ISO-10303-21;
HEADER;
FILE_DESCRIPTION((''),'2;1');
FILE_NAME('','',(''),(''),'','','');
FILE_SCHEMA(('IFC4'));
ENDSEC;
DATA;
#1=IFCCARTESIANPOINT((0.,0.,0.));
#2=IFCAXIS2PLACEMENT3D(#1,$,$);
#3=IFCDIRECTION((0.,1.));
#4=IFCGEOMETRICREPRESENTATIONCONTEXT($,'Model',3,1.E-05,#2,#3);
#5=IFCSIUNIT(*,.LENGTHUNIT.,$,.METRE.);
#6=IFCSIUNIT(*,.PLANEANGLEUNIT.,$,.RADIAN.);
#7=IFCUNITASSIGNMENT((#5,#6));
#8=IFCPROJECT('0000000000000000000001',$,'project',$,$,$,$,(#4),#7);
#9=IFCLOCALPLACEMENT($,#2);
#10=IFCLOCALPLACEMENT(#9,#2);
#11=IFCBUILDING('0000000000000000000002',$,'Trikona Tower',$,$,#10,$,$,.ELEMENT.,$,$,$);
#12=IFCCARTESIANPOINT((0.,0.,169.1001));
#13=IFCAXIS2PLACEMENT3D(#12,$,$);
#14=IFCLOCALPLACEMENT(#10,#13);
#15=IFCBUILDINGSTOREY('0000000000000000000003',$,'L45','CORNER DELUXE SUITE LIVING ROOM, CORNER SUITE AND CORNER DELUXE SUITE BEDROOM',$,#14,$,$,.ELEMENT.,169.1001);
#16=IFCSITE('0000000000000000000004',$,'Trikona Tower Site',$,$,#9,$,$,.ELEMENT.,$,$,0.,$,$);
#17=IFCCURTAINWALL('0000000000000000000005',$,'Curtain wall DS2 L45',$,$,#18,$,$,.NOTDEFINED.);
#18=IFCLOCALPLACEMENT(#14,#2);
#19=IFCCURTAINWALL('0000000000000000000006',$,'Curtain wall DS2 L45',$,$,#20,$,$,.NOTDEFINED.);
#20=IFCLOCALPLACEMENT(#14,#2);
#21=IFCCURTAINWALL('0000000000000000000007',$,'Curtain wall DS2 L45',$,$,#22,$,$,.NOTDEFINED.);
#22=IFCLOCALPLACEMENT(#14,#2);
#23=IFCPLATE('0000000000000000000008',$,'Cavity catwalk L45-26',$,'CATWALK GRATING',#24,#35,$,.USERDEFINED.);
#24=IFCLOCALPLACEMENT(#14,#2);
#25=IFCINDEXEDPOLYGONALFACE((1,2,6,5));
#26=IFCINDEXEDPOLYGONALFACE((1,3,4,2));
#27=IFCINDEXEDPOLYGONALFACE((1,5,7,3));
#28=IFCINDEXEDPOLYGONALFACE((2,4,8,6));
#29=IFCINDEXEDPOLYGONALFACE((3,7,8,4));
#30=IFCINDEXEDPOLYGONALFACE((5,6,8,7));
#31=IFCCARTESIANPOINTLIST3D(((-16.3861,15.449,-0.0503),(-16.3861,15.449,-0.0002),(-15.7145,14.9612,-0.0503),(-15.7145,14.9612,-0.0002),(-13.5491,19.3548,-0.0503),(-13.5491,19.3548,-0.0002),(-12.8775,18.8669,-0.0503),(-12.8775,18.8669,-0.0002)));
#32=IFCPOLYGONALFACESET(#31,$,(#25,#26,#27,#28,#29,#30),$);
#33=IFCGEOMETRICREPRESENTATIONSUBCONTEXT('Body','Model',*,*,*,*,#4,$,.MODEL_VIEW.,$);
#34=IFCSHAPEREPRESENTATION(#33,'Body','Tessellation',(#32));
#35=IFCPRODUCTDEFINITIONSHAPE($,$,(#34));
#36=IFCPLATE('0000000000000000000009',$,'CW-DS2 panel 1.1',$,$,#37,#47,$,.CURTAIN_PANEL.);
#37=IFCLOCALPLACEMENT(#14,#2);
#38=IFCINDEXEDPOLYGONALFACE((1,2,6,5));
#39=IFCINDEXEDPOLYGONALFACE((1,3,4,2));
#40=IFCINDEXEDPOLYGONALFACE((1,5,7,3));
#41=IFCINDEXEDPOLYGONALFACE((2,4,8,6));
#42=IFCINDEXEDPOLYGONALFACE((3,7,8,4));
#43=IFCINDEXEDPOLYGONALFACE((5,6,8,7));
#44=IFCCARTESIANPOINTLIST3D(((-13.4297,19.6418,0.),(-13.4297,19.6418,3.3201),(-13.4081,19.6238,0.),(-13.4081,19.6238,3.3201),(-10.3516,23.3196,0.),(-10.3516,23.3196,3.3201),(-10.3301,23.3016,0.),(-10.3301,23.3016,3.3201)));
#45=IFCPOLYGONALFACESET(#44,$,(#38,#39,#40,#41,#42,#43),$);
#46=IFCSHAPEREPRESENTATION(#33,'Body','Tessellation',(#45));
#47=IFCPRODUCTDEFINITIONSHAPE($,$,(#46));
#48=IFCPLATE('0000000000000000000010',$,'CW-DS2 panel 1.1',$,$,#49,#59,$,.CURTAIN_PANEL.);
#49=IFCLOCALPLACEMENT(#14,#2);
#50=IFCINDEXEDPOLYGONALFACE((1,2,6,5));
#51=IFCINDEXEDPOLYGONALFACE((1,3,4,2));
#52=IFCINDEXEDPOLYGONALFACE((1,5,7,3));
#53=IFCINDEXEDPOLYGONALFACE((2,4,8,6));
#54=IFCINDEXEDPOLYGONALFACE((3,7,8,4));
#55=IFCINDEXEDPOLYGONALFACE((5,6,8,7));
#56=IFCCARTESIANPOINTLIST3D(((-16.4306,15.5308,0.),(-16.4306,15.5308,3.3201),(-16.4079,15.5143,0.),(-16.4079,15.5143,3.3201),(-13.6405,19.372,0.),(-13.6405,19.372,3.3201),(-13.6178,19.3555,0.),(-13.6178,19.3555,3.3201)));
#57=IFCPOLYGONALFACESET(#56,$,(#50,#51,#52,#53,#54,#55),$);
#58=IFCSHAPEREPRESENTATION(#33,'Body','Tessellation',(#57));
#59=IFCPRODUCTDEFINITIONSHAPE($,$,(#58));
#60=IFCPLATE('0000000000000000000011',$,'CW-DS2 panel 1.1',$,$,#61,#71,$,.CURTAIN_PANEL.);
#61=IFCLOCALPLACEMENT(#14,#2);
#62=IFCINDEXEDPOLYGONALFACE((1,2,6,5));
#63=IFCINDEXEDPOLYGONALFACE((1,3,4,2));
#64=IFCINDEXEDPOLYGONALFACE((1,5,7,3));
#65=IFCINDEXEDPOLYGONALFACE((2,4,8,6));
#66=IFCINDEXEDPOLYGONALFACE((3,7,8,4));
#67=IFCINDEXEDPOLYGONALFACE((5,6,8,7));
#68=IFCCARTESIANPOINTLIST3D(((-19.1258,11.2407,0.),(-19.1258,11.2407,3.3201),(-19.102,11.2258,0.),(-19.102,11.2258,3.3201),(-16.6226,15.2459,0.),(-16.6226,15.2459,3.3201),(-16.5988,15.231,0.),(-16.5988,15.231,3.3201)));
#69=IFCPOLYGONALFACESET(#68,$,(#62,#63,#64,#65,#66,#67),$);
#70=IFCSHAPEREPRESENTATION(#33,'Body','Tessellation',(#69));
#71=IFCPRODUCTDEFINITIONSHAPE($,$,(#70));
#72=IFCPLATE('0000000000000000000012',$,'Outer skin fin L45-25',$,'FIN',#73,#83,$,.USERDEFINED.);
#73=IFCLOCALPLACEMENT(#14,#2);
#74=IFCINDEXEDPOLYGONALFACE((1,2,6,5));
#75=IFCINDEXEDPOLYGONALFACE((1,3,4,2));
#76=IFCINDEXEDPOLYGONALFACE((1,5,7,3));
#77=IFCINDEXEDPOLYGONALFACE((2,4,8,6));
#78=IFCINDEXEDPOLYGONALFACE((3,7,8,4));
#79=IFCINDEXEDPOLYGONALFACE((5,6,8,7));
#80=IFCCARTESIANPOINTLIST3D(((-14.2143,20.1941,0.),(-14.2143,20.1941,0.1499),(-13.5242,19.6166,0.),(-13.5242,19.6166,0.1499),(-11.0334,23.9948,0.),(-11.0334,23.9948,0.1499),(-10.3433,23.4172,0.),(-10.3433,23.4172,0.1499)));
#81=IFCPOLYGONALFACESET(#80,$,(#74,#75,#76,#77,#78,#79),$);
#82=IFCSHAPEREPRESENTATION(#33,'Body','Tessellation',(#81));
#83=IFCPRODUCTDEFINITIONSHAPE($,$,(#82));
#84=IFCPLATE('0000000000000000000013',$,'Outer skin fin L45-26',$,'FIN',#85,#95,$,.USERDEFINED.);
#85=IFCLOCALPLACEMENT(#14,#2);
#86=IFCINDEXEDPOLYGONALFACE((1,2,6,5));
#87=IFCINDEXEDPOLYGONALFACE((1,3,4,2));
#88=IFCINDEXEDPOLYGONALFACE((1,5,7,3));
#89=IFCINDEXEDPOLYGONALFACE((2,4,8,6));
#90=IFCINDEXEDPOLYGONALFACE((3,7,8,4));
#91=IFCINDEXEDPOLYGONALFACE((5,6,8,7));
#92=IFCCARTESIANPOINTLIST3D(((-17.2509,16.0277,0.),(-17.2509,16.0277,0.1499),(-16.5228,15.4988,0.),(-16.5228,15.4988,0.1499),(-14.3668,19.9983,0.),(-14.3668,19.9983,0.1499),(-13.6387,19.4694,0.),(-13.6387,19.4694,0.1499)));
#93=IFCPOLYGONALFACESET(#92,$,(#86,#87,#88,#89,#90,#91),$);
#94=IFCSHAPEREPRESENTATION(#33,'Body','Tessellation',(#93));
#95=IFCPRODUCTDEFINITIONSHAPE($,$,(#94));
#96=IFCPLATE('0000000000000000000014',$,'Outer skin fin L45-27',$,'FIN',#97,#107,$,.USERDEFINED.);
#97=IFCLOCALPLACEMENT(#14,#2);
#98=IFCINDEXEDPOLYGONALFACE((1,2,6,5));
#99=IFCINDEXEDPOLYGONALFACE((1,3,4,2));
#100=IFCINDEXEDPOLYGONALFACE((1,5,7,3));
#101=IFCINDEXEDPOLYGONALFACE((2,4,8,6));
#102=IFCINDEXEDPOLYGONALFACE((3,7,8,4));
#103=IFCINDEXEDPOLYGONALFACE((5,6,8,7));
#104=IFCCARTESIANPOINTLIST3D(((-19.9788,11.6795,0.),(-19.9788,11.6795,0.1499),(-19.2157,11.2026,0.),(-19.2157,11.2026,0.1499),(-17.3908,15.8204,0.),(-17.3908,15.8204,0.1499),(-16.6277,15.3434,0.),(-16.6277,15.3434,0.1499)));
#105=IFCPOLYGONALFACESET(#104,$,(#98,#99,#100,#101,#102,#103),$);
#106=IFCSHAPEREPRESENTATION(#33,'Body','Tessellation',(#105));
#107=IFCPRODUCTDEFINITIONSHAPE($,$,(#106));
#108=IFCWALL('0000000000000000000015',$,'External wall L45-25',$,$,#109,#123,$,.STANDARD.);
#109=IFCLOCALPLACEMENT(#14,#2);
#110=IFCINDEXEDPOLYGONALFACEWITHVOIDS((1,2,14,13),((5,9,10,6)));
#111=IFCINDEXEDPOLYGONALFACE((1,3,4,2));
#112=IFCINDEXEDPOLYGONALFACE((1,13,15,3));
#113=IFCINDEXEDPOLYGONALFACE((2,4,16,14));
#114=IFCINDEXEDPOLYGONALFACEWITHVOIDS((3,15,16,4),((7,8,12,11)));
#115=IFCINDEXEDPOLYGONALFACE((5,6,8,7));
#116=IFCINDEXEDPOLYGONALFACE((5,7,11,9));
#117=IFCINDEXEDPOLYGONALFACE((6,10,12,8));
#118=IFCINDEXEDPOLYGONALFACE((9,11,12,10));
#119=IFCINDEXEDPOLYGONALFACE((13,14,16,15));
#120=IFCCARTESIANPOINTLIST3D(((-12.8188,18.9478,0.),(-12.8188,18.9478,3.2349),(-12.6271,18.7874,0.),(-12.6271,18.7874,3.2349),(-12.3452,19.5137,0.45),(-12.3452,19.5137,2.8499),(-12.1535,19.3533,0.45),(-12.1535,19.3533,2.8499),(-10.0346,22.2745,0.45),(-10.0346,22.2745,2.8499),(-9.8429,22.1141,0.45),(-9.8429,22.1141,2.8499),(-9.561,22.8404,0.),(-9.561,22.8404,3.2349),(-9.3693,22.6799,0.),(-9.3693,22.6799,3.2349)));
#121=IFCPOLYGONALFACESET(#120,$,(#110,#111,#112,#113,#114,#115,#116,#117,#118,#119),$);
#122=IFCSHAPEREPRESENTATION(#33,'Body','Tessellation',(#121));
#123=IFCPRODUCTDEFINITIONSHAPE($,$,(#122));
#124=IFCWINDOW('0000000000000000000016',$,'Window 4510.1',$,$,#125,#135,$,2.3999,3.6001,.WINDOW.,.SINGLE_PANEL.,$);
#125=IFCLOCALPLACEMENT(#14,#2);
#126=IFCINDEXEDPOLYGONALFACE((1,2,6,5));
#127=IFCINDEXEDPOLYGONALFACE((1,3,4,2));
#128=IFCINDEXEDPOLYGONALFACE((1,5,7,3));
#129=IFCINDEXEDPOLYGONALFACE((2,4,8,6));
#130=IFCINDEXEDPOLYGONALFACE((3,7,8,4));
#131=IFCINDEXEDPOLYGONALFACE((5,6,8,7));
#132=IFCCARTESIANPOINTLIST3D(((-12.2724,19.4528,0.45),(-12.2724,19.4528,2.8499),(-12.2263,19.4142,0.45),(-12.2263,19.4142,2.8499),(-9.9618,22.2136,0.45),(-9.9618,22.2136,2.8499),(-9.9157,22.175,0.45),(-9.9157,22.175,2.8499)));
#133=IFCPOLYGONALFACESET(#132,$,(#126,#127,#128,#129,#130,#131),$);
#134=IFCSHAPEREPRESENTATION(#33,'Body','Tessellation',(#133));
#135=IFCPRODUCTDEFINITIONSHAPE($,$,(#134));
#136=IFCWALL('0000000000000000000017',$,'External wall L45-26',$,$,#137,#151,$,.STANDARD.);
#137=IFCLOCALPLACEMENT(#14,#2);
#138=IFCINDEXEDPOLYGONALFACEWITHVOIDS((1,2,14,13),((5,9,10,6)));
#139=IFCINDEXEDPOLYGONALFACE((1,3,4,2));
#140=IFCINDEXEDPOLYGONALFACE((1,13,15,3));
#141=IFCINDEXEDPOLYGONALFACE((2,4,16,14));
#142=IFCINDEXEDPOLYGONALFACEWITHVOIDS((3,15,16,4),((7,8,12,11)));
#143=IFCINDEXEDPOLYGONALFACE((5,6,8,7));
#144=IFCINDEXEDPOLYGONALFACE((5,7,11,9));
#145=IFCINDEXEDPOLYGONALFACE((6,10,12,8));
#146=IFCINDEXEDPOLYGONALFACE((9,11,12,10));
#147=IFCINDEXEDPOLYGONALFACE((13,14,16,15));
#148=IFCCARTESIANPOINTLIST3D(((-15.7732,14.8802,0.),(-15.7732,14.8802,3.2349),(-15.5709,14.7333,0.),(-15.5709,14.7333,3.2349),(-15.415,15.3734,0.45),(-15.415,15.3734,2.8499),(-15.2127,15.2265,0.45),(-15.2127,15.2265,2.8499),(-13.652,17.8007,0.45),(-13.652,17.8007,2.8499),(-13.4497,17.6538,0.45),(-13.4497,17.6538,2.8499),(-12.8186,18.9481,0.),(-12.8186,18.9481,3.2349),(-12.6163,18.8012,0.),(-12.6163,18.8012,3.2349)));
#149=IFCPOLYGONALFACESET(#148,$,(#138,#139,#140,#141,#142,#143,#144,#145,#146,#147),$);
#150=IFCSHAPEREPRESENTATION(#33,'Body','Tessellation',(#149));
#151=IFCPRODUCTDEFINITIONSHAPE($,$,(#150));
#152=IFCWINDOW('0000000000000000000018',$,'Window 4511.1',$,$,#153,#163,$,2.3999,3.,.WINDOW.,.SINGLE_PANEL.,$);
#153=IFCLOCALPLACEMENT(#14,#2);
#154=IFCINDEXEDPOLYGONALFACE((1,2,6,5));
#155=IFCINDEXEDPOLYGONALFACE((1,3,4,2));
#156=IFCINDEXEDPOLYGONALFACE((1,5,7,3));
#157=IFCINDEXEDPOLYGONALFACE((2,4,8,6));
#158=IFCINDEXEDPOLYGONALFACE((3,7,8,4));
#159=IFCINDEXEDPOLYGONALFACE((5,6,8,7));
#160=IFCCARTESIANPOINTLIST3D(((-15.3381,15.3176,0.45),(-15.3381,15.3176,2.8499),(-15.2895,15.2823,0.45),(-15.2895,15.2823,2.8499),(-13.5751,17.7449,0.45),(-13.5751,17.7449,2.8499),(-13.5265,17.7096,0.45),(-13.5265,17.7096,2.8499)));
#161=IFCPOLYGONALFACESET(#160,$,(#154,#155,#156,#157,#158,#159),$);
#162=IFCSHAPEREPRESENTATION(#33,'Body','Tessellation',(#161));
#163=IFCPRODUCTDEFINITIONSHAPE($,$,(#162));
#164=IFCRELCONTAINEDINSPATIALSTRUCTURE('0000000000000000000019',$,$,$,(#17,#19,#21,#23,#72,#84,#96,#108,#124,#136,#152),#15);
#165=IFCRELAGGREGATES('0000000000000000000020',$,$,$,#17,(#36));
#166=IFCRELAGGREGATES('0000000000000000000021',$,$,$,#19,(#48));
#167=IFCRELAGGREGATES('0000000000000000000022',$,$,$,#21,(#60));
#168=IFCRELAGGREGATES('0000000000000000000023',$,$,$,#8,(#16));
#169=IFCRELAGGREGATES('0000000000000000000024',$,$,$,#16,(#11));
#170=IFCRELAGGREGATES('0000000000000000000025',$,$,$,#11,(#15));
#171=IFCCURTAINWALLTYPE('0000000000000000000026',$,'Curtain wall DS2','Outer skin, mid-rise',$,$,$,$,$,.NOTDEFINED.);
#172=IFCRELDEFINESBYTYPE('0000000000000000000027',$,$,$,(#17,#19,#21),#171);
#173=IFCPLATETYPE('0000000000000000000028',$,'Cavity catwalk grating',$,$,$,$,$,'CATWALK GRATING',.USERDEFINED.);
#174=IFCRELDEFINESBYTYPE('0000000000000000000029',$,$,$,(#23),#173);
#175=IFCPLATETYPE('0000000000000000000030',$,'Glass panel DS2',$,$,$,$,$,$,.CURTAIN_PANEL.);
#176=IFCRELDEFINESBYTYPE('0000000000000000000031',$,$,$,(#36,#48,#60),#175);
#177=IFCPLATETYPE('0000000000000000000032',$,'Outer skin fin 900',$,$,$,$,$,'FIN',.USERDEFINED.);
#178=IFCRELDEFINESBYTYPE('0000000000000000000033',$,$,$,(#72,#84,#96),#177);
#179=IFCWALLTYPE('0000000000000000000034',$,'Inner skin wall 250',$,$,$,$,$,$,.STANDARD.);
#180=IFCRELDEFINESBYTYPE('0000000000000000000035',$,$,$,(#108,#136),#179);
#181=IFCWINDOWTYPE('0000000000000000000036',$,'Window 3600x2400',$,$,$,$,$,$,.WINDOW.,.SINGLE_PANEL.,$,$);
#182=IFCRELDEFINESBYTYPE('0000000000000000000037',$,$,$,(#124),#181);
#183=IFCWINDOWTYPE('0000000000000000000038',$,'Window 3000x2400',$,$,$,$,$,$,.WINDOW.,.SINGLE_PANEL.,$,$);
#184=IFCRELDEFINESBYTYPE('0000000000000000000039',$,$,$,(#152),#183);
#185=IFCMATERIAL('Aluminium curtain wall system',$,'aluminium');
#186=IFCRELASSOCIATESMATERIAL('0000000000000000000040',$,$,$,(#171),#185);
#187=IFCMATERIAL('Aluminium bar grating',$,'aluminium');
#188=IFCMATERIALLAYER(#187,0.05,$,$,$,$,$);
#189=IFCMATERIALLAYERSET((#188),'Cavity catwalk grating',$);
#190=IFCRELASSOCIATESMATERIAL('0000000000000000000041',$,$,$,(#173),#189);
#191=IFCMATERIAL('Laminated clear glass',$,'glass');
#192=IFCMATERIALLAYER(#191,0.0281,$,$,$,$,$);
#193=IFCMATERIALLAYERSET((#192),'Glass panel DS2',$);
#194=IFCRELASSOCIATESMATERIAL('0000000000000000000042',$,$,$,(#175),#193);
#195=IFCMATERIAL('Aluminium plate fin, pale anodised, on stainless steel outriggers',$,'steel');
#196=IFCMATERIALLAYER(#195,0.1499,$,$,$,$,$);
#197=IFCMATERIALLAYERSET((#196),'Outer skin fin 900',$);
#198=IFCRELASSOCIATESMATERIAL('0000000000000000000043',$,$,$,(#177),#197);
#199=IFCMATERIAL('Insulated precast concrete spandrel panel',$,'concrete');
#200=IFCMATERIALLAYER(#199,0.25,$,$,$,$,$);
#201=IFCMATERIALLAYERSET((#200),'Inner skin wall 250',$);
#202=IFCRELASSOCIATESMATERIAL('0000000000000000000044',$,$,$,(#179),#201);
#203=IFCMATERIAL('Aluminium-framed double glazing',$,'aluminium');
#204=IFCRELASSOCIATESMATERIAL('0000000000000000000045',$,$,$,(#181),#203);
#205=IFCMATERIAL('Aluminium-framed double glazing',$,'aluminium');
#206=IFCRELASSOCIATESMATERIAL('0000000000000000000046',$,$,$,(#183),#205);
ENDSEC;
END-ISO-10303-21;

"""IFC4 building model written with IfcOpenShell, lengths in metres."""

from ifc_helpers import new_model, si_unit, direction, frame, frame_2d, origin, origin_2d, place, context, subcontext, project, spatial, rectangle, extrude, material, layer, layer_set, type_object, element, fill, aggregate, save


model = new_model("IFC4")

# Units and contexts
model_context = context("Model", 3, precision=1e-05, world=origin(), true_north=direction((0.0, 1.0)))
body_context = subcontext(model_context, "Body", "Model", "MODEL_VIEW")
ifc_project = project(units=[si_unit("LENGTHUNIT", "METRE"), si_unit("PLANEANGLEUNIT", "RADIAN")], contexts=[model_context])

# Site, building, storey
site_placement = place(None, origin())
site = spatial("IfcSite", under=ifc_project, at=site_placement, Name="Trikona Tower Site", CompositionType="ELEMENT", RefElevation=0.0)
building_placement = place(site_placement, origin())
building = spatial("IfcBuilding", under=site, at=building_placement, Name="Trikona Tower", CompositionType="ELEMENT")
storey_placement = place(building_placement, frame((0.0, 0.0, 169.1001)))
storey = spatial("IfcBuildingStorey", under=building, at=storey_placement, Name="L45", Description="CORNER DELUXE SUITE LIVING ROOM, CORNER SUITE AND CORNER DELUXE SUITE BEDROOM", CompositionType="ELEMENT", Elevation=169.1001)

# Shared definitions
ifc_material_1 = material(Name="Aluminium curtain wall system", Category="aluminium")
curtain_wall_type = type_object("IfcCurtainWallType", Name="Curtain wall DS2", Description="Outer skin, mid-rise", PredefinedType="NOTDEFINED", material=ifc_material_1)

# Curtain walls
curtain_wall_1_placement = place(storey_placement, origin())
curtain_wall_1 = element("IfcCurtainWall", 1, at=curtain_wall_1_placement, inside=storey, type_object=curtain_wall_type, Name="Curtain wall DS2 L45", PredefinedType="NOTDEFINED")
curtain_wall_2_placement = place(storey_placement, origin())
curtain_wall_2 = element("IfcCurtainWall", 2, at=curtain_wall_2_placement, inside=storey, type_object=curtain_wall_type, Name="Curtain wall DS2 L45", PredefinedType="NOTDEFINED")

# Curtain wall
curtain_wall_3_placement = place(storey_placement, origin())
curtain_wall_3 = element("IfcCurtainWall", 3, at=curtain_wall_3_placement, inside=storey, type_object=curtain_wall_type, Name="Curtain wall DS2 L45", PredefinedType="NOTDEFINED")

# Plate
ifc_material_2 = material(Name="Aluminium bar grating", Category="aluminium")
ifc_layer_1 = layer(ifc_material_2, 0.05)
ifc_layer_set_1 = layer_set([ifc_layer_1], Name="Cavity catwalk grating")
plate_type_1 = type_object("IfcPlateType", Name="Cavity catwalk grating", ElementType="CATWALK GRATING", PredefinedType="USERDEFINED", material=ifc_layer_set_1)
plate_1_placement = place(storey_placement, frame((-14.6318, 17.158, -0.0503), z_axis=(0.0, 0.0, 1.0), x_axis=(-0.587686, -0.809089, 0.0)))
element("IfcPlate", 4, at=plate_1_placement, inside=storey, type_object=plate_type_1, Name="Cavity catwalk L45-26", ObjectType="CATWALK GRATING", PredefinedType="USERDEFINED", context=body_context, shape_type="SweptSolid", body=[
    extrude(rectangle(XDim=4.8274, YDim=0.8301, at=origin_2d()), origin(), (0.0, 0.0, 1.0), 0.05),
])

# Plates
ifc_material_3 = material(Name="Laminated clear glass", Category="glass")
ifc_layer_2 = layer(ifc_material_3, 0.0281)
ifc_layer_set_2 = layer_set([ifc_layer_2], Name="Glass panel DS2")
plate_type_2 = type_object("IfcPlateType", Name="Glass panel DS2", PredefinedType="CURTAIN_PANEL", material=ifc_layer_set_2)
plate_2_placement = place(storey_placement, frame((-11.8799, 21.4717, 0.0), z_axis=(0.0, 0.0, 1.0), x_axis=(-0.641806, -0.766867, 0.0)))
plate_2 = element("IfcPlate", 5, at=plate_2_placement, type_object=plate_type_2, Name="CW-DS2 panel 1.1", PredefinedType="CURTAIN_PANEL", context=body_context, shape_type="SweptSolid", body=[
    extrude(rectangle(XDim=4.7959, YDim=0.0281, at=origin_2d()), origin(), (0.0, 0.0, 1.0), 3.3201),
])
aggregate(curtain_wall_1, [plate_2])
plate_3_placement = place(storey_placement, frame((-15.0242, 17.4431, 0.0), z_axis=(0.0, 0.0, 1.0), x_axis=(-0.587691, -0.809086, 0.0)))
plate_3 = element("IfcPlate", 6, at=plate_3_placement, type_object=plate_type_2, Name="CW-DS2 panel 1.1", PredefinedType="CURTAIN_PANEL", context=body_context, shape_type="SweptSolid", body=[
    extrude(rectangle(XDim=4.7476, YDim=0.0281, at=origin_2d()), origin(), (0.0, 0.0, 1.0), 3.3201),
])
aggregate(curtain_wall_2, [plate_3])
plate_4_placement = place(storey_placement, frame((-17.8623, 13.2358, 0.0), z_axis=(0.0, 0.0, 1.0), x_axis=(-0.529999, -0.847998, 0.0)))
plate_4 = element("IfcPlate", 7, at=plate_4_placement, type_object=plate_type_2, Name="CW-DS2 panel 1.1", PredefinedType="CURTAIN_PANEL", context=body_context, shape_type="SweptSolid", body=[
    extrude(rectangle(XDim=4.7231, YDim=0.0281, at=origin_2d()), origin(), (0.0, 0.0, 1.0), 3.3201),
])
aggregate(curtain_wall_3, [plate_4])

# Plates
ifc_material_4 = material(Name="Aluminium plate fin, pale anodised, on stainless steel outriggers", Category="steel")
ifc_layer_3 = layer(ifc_material_4, 0.1499)
ifc_layer_set_3 = layer_set([ifc_layer_3], Name="Outer skin fin 900")
plate_type_3 = type_object("IfcPlateType", Name="Outer skin fin 900", ElementType="FIN", PredefinedType="USERDEFINED", material=ifc_layer_set_3)
plate_5_placement = place(storey_placement, frame((-12.2788, 21.8057, 0.0), z_axis=(0.0, 0.0, 1.0), x_axis=(-0.641807, -0.766866, 0.0)))
element("IfcPlate", 8, at=plate_5_placement, inside=storey, type_object=plate_type_3, Name="Outer skin fin L45-25", ObjectType="FIN", PredefinedType="USERDEFINED", context=body_context, shape_type="SweptSolid", body=[
    extrude(rectangle(XDim=4.9561, YDim=0.8999, at=origin_2d()), origin(), (0.0, 0.0, 1.0), 0.1499),
])
plate_6_placement = place(storey_placement, frame((-15.4448, 17.7485, 0.0), z_axis=(0.0, 0.0, 1.0), x_axis=(-0.587686, -0.809089, 0.0)))
element("IfcPlate", 9, at=plate_6_placement, inside=storey, type_object=plate_type_3, Name="Outer skin fin L45-26", ObjectType="FIN", PredefinedType="USERDEFINED", context=body_context, shape_type="SweptSolid", body=[
    extrude(rectangle(XDim=4.9075, YDim=0.8999, at=origin_2d()), origin(), (0.0, 0.0, 1.0), 0.1499),
])
plate_7_placement = place(storey_placement, frame((-18.3032, 13.5115, 0.0), z_axis=(0.0, 0.0, 1.0), x_axis=(-0.529995, -0.848001, 0.0)))
element("IfcPlate", 10, at=plate_7_placement, inside=storey, type_object=plate_type_3, Name="Outer skin fin L45-27", ObjectType="FIN", PredefinedType="USERDEFINED", context=body_context, shape_type="SweptSolid", body=[
    extrude(rectangle(XDim=4.8831, YDim=0.8999, at=origin_2d()), origin(), (0.0, 0.0, 1.0), 0.1499),
])

# Walls, openings, windows
ifc_material_5 = material(Name="Insulated precast concrete spandrel panel", Category="concrete")
ifc_layer_4 = layer(ifc_material_5, 0.25)
ifc_layer_set_4 = layer_set([ifc_layer_4], Name="Inner skin wall 250")
wall_type = type_object("IfcWallType", Name="Inner skin wall 250", PredefinedType="STANDARD", material=ifc_layer_set_4)
wall_1_placement = place(storey_placement, frame((-9.4651, 22.7603, 0.0), z_axis=(0.0, 0.0, 1.0), x_axis=(-0.64181, -0.766863, 0.0)))
wall_1 = element("IfcWall", 11, at=wall_1_placement, inside=storey, type_object=wall_type, Name="External wall L45-25", PredefinedType="STANDARD", context=body_context, shape_type="SweptSolid", body=[
    extrude(rectangle(XDim=5.0759, YDim=0.25, at=frame_2d((2.5381, 0.0))), origin(), (0.0, 0.0, 1.0), 3.2349),
])
opening_1_placement = place(wall_1_placement, frame((0.738, 0.0, 0.45)))
opening_1 = element("IfcOpeningElement", 12, at=opening_1_placement, cuts=wall_1, PredefinedType="OPENING", context=body_context, shape_type="SweptSolid", body=[
    extrude(rectangle(XDim=3.6001, YDim=2.3999, at=frame_2d((1.8, 1.2))), frame((0.0, 0.135, 0.0), z_axis=(0.0, -1.0, 0.0), x_axis=(1.0, 0.0, 0.0)), (0.0, 0.0, 1.0), 0.27),
])
ifc_material_6 = material(Name="Aluminium-framed double glazing", Category="aluminium")
window_type_1 = type_object("IfcWindowType", Name="Window 3600x2400", PartitioningType="SINGLE_PANEL", PredefinedType="WINDOW", material=ifc_material_6)
window_1_placement = place(opening_1_placement, origin())
window_1 = element("IfcWindow", 13, at=window_1_placement, inside=storey, type_object=window_type_1, Name="Window 4510.1", OverallHeight=2.3999, OverallWidth=3.6001, PartitioningType="SINGLE_PANEL", PredefinedType="WINDOW", context=body_context, shape_type="SweptSolid", body=[
    extrude(rectangle(XDim=3.6001, YDim=2.3999, at=frame_2d((1.8, 1.2))), frame((0.0, 0.03, 0.0), z_axis=(0.0, -1.0, 0.0), x_axis=(1.0, 0.0, 0.0)), (0.0, 0.0, 1.0), 0.0601),
])
fill(opening_1, window_1)
wall_2_placement = place(storey_placement, frame((-12.7175, 18.8745, 0.0), z_axis=(0.0, 0.0, 1.0), x_axis=(-0.587669, -0.809101, 0.0)))
wall_2 = element("IfcWall", 14, at=wall_2_placement, inside=storey, type_object=wall_type, Name="External wall L45-26", PredefinedType="STANDARD", context=body_context, shape_type="SweptSolid", body=[
    extrude(rectangle(XDim=5.0276, YDim=0.25, at=frame_2d((2.5137, 0.0))), origin(), (0.0, 0.0, 1.0), 3.2349),
])
opening_2_placement = place(wall_2_placement, frame((1.418, 0.0, 0.45)))
opening_2 = element("IfcOpeningElement", 15, at=opening_2_placement, cuts=wall_2, PredefinedType="OPENING", context=body_context, shape_type="SweptSolid", body=[
    extrude(rectangle(XDim=3.0, YDim=2.3999, at=frame_2d((1.5, 1.2))), frame((0.0, 0.135, 0.0), z_axis=(0.0, -1.0, 0.0), x_axis=(1.0, 0.0, 0.0)), (0.0, 0.0, 1.0), 0.27),
])
ifc_material_7 = material(Name="Aluminium-framed double glazing", Category="aluminium")
window_type_2 = type_object("IfcWindowType", Name="Window 3000x2400", PartitioningType="SINGLE_PANEL", PredefinedType="WINDOW", material=ifc_material_7)
window_2_placement = place(opening_2_placement, origin())
window_2 = element("IfcWindow", 16, at=window_2_placement, inside=storey, type_object=window_type_2, Name="Window 4511.1", OverallHeight=2.3999, OverallWidth=3.0, PartitioningType="SINGLE_PANEL", PredefinedType="WINDOW", context=body_context, shape_type="SweptSolid", body=[
    extrude(rectangle(XDim=3.0, YDim=2.3999, at=frame_2d((1.5, 1.2))), frame((0.0, 0.03, 0.0), z_axis=(0.0, -1.0, 0.0), x_axis=(1.0, 0.0, 0.0)), (0.0, 0.0, 1.0), 0.0601),
])
fill(opening_2, window_2)

save(model, "model.ifc")
